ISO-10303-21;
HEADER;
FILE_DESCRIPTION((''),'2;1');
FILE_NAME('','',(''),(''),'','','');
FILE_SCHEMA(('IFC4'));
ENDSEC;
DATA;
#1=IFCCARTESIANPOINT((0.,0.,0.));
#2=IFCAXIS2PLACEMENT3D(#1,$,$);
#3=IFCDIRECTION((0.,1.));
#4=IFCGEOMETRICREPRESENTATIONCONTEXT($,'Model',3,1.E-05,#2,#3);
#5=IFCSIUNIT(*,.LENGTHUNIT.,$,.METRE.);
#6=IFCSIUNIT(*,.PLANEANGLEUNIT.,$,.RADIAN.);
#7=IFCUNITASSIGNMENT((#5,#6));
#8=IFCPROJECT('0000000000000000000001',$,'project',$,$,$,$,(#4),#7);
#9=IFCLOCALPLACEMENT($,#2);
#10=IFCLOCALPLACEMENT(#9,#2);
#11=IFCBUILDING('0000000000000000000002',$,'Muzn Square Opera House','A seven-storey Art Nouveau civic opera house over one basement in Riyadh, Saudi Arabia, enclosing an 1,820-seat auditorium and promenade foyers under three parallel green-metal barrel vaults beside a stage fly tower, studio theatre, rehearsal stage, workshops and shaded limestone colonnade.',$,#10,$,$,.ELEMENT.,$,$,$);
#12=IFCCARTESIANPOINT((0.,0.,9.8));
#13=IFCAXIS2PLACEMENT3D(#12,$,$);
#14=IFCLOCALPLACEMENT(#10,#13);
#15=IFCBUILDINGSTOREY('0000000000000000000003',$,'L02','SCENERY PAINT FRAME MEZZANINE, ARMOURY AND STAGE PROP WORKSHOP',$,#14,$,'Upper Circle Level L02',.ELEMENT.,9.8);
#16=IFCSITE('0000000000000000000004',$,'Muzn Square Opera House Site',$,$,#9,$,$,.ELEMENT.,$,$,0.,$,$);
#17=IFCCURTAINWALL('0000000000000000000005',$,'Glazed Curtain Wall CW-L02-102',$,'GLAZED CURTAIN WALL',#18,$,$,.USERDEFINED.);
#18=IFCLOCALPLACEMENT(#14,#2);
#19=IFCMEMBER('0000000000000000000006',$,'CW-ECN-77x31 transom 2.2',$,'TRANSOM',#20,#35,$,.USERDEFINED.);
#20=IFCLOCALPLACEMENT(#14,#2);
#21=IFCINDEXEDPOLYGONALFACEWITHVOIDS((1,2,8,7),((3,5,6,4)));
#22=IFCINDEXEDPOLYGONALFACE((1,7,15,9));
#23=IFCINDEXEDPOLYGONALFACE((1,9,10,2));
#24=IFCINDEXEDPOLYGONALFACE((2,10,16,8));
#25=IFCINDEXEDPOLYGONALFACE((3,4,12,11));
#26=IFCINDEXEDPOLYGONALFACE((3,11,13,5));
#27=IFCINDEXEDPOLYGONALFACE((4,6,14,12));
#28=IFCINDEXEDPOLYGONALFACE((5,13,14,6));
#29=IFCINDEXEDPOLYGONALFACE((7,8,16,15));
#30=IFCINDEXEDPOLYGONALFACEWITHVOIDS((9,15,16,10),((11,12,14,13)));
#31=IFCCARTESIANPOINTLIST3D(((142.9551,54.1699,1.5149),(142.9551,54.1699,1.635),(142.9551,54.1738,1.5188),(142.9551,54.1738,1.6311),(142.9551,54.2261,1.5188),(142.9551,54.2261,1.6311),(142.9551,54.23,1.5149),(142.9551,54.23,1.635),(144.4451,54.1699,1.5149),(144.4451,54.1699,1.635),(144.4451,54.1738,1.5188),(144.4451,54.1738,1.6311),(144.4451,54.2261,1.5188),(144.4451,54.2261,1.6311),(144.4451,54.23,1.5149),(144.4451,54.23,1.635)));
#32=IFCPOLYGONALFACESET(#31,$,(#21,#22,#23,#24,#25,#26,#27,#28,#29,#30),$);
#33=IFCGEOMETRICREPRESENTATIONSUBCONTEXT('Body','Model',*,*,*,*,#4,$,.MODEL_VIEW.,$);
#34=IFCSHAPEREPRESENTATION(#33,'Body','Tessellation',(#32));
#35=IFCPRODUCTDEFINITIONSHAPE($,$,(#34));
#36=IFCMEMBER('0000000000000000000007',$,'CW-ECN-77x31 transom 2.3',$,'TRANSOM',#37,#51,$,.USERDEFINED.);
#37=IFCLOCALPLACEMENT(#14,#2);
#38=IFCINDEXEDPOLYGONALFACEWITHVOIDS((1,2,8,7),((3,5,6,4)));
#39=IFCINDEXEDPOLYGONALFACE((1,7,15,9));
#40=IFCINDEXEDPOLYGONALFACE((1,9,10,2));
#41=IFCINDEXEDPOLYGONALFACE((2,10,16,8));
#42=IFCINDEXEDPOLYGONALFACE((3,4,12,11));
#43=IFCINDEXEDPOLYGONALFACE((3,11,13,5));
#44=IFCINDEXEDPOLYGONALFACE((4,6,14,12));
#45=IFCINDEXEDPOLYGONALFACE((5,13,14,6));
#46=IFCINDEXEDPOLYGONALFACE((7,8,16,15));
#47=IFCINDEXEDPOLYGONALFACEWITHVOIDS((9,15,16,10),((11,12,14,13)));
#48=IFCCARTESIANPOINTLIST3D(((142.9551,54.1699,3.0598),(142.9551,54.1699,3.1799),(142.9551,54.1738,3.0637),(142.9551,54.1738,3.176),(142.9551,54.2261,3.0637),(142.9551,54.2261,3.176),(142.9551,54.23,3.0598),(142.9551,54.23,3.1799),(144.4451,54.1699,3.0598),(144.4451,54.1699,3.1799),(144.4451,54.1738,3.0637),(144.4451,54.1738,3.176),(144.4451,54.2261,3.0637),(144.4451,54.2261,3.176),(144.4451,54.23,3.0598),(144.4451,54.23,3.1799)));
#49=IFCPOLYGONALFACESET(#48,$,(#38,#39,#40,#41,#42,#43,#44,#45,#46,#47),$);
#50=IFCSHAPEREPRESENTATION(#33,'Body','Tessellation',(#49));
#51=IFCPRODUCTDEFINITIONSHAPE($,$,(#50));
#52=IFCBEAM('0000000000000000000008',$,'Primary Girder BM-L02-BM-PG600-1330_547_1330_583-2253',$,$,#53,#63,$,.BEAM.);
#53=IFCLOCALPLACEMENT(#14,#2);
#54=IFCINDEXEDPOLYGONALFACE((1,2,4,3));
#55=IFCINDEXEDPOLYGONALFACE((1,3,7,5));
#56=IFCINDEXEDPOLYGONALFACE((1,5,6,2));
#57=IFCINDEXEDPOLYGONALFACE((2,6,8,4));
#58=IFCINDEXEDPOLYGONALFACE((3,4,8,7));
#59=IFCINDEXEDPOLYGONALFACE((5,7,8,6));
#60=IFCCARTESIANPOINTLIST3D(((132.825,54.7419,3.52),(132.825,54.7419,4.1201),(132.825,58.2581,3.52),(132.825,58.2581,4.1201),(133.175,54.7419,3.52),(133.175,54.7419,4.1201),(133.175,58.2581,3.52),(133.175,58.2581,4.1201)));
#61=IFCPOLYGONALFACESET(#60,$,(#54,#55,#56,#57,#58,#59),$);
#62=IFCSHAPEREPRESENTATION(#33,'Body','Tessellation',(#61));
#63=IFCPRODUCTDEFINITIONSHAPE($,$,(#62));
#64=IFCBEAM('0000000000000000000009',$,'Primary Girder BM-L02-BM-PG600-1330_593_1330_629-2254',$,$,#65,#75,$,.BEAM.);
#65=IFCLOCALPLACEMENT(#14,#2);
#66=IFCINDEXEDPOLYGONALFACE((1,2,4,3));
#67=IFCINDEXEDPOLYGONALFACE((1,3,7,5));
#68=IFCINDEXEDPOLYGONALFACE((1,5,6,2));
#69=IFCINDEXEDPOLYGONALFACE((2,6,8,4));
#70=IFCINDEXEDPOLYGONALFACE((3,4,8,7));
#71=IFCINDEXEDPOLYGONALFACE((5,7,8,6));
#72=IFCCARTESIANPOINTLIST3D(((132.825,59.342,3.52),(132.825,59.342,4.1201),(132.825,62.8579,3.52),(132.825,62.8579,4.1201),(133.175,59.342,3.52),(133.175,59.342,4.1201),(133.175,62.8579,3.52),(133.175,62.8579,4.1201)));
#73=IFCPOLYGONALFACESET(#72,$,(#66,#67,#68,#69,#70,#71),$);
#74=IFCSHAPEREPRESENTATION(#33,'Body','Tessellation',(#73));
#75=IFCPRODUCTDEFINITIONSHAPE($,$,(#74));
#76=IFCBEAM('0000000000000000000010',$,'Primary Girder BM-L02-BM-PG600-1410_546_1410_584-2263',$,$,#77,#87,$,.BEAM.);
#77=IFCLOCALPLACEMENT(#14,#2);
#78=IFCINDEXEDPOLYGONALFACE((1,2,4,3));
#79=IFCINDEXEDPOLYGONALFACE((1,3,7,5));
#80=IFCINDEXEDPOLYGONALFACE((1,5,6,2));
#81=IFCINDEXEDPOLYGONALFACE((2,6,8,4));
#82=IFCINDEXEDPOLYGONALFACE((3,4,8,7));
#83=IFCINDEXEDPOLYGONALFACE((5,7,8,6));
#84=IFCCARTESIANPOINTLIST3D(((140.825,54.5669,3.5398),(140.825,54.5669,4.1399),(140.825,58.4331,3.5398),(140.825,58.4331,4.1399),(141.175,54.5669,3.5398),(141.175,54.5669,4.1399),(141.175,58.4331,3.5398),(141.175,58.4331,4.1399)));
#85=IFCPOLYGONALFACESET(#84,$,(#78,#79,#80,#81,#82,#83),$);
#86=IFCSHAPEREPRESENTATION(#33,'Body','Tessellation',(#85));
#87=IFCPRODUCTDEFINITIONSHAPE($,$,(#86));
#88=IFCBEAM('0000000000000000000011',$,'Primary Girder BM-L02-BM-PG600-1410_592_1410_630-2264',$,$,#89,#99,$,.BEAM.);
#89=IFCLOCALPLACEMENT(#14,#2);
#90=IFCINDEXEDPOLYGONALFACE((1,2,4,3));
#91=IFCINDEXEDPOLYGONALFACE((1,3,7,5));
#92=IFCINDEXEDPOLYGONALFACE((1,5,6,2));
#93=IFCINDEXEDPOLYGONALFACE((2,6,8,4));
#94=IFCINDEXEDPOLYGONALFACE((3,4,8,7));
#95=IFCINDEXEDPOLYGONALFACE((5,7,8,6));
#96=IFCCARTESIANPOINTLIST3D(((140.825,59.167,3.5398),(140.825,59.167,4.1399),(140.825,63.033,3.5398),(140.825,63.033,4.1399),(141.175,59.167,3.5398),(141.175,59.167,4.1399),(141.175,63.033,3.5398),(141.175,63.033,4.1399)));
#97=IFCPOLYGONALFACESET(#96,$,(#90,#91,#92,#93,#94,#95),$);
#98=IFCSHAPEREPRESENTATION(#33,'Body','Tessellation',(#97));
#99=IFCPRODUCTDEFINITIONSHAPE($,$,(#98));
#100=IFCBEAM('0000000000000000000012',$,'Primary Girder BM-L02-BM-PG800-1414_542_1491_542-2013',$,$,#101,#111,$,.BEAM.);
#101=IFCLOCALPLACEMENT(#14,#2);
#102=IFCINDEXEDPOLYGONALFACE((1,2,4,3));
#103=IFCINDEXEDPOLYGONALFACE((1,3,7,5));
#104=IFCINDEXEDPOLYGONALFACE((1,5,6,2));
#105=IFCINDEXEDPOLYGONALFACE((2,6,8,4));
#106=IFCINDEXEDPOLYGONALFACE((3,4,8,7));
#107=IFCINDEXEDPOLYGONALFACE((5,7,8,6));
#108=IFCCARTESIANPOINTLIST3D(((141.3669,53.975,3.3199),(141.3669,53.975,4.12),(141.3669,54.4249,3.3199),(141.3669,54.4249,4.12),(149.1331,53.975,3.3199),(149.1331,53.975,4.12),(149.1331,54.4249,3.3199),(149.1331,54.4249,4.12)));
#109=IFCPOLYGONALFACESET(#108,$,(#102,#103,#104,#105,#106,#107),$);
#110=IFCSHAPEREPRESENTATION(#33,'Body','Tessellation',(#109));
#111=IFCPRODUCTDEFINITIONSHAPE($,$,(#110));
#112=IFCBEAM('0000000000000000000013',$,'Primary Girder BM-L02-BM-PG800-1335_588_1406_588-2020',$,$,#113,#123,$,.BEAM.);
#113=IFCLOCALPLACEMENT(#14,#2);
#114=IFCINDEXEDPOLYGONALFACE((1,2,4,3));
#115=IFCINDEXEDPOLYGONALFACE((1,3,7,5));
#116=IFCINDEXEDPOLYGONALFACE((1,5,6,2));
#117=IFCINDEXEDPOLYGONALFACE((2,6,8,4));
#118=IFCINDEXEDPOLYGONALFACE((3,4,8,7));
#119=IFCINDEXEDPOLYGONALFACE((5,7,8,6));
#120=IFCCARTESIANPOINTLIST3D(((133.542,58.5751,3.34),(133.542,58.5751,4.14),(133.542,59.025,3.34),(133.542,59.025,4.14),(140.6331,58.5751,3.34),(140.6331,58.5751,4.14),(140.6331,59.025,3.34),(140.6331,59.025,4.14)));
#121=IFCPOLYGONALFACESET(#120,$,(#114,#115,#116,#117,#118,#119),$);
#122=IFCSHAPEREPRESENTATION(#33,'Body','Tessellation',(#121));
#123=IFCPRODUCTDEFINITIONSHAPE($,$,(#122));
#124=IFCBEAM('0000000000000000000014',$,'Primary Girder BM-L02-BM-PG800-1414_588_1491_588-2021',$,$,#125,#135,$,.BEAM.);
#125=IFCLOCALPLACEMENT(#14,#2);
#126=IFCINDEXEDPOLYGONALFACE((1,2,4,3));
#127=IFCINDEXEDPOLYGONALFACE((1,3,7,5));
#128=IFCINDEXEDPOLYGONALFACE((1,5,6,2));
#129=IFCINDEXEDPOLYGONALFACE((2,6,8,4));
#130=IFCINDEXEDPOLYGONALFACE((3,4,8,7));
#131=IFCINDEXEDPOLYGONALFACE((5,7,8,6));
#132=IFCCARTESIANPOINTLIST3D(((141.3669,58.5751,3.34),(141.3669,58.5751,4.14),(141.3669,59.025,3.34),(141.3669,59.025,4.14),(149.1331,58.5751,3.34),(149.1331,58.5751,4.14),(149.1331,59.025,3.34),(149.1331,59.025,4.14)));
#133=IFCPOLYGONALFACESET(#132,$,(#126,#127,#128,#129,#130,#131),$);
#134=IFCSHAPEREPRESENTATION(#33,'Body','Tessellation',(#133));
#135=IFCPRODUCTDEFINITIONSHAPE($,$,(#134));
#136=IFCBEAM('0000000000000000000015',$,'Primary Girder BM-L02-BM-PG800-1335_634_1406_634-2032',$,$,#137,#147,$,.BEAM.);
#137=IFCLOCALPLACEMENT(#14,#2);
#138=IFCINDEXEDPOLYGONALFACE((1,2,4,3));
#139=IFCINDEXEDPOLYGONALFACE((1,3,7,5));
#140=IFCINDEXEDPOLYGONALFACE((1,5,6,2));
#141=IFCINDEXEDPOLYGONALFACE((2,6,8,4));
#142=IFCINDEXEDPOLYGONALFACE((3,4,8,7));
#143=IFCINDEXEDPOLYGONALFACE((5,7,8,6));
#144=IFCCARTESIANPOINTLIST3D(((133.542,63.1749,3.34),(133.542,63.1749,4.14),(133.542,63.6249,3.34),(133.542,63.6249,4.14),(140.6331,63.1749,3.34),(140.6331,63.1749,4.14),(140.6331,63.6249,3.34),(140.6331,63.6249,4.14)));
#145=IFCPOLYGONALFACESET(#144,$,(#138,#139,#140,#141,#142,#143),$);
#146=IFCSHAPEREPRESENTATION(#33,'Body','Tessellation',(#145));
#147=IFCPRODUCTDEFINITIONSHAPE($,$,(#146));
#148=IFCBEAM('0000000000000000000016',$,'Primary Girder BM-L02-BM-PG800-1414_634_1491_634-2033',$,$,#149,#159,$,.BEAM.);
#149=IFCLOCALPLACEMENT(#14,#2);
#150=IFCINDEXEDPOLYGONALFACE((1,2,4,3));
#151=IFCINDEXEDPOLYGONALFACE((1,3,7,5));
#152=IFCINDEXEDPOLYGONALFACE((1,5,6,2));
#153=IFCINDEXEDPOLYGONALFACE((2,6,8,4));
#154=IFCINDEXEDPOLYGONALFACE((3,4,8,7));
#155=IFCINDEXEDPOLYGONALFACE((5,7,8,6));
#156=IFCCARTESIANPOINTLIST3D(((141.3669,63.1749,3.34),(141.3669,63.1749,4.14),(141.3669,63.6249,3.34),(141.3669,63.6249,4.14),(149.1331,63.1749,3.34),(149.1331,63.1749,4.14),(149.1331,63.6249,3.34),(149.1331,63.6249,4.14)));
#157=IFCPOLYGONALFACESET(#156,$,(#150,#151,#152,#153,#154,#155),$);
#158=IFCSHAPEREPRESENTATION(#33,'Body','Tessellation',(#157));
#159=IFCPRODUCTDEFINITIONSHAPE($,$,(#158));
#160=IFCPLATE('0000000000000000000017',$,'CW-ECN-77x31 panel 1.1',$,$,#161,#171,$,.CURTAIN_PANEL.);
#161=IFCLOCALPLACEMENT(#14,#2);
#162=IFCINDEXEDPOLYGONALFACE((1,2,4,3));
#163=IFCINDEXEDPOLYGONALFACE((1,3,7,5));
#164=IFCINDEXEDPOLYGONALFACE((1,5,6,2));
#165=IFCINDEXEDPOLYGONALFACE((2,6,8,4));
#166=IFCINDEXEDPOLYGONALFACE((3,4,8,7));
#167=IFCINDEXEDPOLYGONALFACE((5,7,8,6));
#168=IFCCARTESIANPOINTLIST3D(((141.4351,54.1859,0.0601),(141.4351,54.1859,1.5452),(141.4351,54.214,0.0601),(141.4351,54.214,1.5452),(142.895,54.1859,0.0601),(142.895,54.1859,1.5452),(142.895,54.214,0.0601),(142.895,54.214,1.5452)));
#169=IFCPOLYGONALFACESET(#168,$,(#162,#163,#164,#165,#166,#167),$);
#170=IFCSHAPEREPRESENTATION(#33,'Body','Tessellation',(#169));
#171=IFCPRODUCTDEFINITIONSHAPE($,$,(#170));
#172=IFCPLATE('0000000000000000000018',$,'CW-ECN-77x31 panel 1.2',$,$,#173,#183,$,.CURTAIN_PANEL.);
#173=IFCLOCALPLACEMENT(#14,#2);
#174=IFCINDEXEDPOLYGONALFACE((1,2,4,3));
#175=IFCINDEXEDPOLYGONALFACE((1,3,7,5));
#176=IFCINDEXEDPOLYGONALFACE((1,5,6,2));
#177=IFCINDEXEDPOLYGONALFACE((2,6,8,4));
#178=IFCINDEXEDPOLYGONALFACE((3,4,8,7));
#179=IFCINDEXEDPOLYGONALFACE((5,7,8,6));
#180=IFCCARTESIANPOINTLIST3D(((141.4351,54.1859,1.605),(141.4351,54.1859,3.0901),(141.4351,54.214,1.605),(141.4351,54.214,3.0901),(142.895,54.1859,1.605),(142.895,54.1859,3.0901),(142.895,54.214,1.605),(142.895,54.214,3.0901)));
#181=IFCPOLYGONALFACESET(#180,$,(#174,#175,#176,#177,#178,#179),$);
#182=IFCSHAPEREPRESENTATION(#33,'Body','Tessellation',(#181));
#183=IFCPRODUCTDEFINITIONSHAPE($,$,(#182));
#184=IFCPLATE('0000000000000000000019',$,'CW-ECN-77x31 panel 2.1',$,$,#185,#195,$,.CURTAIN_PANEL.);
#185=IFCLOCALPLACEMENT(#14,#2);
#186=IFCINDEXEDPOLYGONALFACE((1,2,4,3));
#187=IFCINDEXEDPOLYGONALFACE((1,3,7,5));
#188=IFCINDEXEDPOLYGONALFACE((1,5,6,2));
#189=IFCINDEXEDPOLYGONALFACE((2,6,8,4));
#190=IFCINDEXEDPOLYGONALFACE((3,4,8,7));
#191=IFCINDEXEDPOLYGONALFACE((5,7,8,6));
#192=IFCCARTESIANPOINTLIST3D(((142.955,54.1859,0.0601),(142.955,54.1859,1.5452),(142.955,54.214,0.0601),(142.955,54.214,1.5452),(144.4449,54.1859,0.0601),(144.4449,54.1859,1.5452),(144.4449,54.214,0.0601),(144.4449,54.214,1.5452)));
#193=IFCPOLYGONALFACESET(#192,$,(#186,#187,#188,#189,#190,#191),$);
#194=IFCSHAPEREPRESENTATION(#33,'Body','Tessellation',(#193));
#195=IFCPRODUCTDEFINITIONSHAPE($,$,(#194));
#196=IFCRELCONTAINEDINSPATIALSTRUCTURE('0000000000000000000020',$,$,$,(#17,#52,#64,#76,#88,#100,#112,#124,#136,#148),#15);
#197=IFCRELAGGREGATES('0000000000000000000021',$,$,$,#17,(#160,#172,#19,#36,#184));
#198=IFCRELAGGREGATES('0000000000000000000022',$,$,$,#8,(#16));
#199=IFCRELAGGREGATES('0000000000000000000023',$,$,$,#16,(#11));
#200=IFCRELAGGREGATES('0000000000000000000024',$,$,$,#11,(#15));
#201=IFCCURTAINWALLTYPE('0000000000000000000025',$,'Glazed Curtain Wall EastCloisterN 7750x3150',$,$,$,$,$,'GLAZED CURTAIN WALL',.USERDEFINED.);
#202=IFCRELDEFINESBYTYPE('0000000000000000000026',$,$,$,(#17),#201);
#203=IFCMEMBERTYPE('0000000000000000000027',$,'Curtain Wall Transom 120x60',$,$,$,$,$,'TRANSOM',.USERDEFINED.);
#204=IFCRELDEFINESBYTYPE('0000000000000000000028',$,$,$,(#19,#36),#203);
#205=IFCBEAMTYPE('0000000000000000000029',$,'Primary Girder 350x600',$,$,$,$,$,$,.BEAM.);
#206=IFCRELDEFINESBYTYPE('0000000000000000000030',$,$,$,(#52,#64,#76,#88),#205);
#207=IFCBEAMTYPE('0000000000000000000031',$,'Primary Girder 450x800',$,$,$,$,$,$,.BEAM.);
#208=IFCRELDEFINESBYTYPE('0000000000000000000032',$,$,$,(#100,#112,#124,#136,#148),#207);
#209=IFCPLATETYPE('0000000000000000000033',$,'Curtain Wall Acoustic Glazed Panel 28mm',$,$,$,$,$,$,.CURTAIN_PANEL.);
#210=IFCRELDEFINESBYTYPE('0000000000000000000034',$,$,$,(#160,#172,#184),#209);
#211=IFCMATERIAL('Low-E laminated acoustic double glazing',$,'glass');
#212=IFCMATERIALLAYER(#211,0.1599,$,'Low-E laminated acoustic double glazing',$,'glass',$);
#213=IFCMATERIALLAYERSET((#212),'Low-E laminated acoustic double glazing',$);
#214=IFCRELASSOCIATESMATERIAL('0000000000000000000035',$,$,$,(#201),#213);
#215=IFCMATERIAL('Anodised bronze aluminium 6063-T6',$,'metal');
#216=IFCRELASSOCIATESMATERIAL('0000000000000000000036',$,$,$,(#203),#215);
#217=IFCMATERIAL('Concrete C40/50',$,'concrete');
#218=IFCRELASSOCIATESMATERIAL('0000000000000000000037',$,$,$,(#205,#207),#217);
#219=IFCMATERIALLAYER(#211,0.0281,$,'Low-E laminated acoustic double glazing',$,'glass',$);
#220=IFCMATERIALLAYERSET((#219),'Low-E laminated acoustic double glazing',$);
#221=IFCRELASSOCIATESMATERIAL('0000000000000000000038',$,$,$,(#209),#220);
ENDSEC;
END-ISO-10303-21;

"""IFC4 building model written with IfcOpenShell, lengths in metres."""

from ifc_helpers import new_model, si_unit, direction, frame, origin, origin_2d, place, context, subcontext, project, spatial, rectangle, hollow_rectangle, extrude, material, layer, layer_set, material_profile, profile_set, type_object, element, aggregate, save


model = new_model("IFC4")

# Units and contexts
model_context = context("Model", 3, precision=1e-05, world=origin(), true_north=direction((0.0, 1.0)))
body_context = subcontext(model_context, "Body", "Model", "MODEL_VIEW")
ifc_project = project(units=[si_unit("LENGTHUNIT", "METRE"), si_unit("PLANEANGLEUNIT", "RADIAN")], contexts=[model_context])

# Site, building, storey
site_placement = place(None, origin())
site = spatial("IfcSite", under=ifc_project, at=site_placement, Name="Muzn Square Opera House Site", CompositionType="ELEMENT", RefElevation=0.0)
building_placement = place(site_placement, origin())
building = spatial("IfcBuilding", under=site, at=building_placement, Name="Muzn Square Opera House", Description="A seven-storey Art Nouveau civic opera house over one basement in Riyadh, Saudi Arabia, enclosing an 1,820-seat auditorium and promenade foyers under three parallel green-metal barrel vaults beside a stage fly tower, studio theatre, rehearsal stage, workshops and shaded limestone colonnade.", CompositionType="ELEMENT")
storey_placement = place(building_placement, frame((0.0, 0.0, 9.8)))
storey = spatial("IfcBuildingStorey", under=building, at=storey_placement, Name="L02", Description="SCENERY PAINT FRAME MEZZANINE, ARMOURY AND STAGE PROP WORKSHOP", LongName="Upper Circle Level L02", CompositionType="ELEMENT", Elevation=9.8)

# Curtain wall, members
ifc_material_1 = material(Name="Low-E laminated acoustic double glazing", Category="glass")
ifc_layer_1 = layer(ifc_material_1, 0.1599, Name="Low-E laminated acoustic double glazing", Category="glass")
ifc_layer_set_1 = layer_set([ifc_layer_1], Name="Low-E laminated acoustic double glazing")
curtain_wall_type = type_object("IfcCurtainWallType", Name="Glazed Curtain Wall EastCloisterN 7750x3150", ElementType="GLAZED CURTAIN WALL", PredefinedType="USERDEFINED", material=ifc_layer_set_1)
curtain_wall_placement = place(storey_placement, origin())
curtain_wall = element("IfcCurtainWall", 1, at=curtain_wall_placement, inside=storey, type_object=curtain_wall_type, Name="Glazed Curtain Wall CW-L02-102", ObjectType="GLAZED CURTAIN WALL", PredefinedType="USERDEFINED")
ifc_material_2 = material(Name="Anodised bronze aluminium 6063-T6", Category="metal")
ifc_material_profile_1 = material_profile(ifc_material_2, hollow_rectangle(XDim=0.0601, YDim=0.1201, WallThickness=0.0039, at=origin_2d()), Name="ALU 120x60x4", Category="metal")
ifc_profile_set_1 = profile_set([ifc_material_profile_1], Name="Anodised bronze aluminium 6063-T6")
member_type_1 = type_object("IfcMemberType", Name="Curtain Wall Transom 120x60", ElementType="TRANSOM", PredefinedType="USERDEFINED", material=ifc_profile_set_1)
member_1_placement = place(storey_placement, frame((142.9551, 54.2, 1.575), z_axis=(1.0, 0.0, 0.0), x_axis=(0.0, 1.0, 0.0)))
member_1 = element("IfcMember", 2, at=member_1_placement, type_object=member_type_1, Name="CW-ECN-77x31 transom 2.2", ObjectType="TRANSOM", PredefinedType="USERDEFINED", context=body_context, shape_type="SweptSolid", body=[
    extrude(hollow_rectangle(XDim=0.0601, YDim=0.1201, WallThickness=0.0039, at=origin_2d()), origin(), (0.0, 0.0, 1.0), 1.49),
])
member_2_placement = place(storey_placement, frame((142.9551, 54.2, 3.1199), z_axis=(1.0, 0.0, 0.0), x_axis=(0.0, 1.0, 0.0)))
member_2 = element("IfcMember", 3, at=member_2_placement, type_object=member_type_1, Name="CW-ECN-77x31 transom 2.3", ObjectType="TRANSOM", PredefinedType="USERDEFINED", context=body_context, shape_type="SweptSolid", body=[
    extrude(hollow_rectangle(XDim=0.0601, YDim=0.1201, WallThickness=0.0039, at=origin_2d()), origin(), (0.0, 0.0, 1.0), 1.49),
])

# Beams
ifc_material_3 = material(Name="Concrete C40/50", Category="concrete")
ifc_material_profile_2 = material_profile(ifc_material_3, rectangle(XDim=0.3501, YDim=0.6001, at=origin_2d()), Name="RCB 350x600", Category="concrete")
ifc_profile_set_2 = profile_set([ifc_material_profile_2], Name="Concrete C40/50")
beam_type_1 = type_object("IfcBeamType", Name="Primary Girder 350x600", PredefinedType="BEAM", material=ifc_profile_set_2)
beam_1_placement = place(storey_placement, frame((133.0, 54.7419, 3.8201), z_axis=(0.0, 1.0, 0.0), x_axis=(-1.0, 0.0, 0.0)))
element("IfcBeam", 4, at=beam_1_placement, inside=storey, type_object=beam_type_1, Name="Primary Girder BM-L02-BM-PG600-1330_547_1330_583-2253", PredefinedType="BEAM", context=body_context, shape_type="SweptSolid", body=[
    extrude(rectangle(XDim=0.3501, YDim=0.6001, at=origin_2d()), origin(), (0.0, 0.0, 1.0), 3.5161),
])
beam_2_placement = place(storey_placement, frame((133.0, 59.342, 3.8201), z_axis=(0.0, 1.0, 0.0), x_axis=(-1.0, 0.0, 0.0)))
element("IfcBeam", 5, at=beam_2_placement, inside=storey, type_object=beam_type_1, Name="Primary Girder BM-L02-BM-PG600-1330_593_1330_629-2254", PredefinedType="BEAM", context=body_context, shape_type="SweptSolid", body=[
    extrude(rectangle(XDim=0.3501, YDim=0.6001, at=origin_2d()), origin(), (0.0, 0.0, 1.0), 3.5159),
])
beam_3_placement = place(storey_placement, frame((141.0, 54.5669, 3.8398), z_axis=(0.0, 1.0, 0.0), x_axis=(-1.0, 0.0, 0.0)))
element("IfcBeam", 6, at=beam_3_placement, inside=storey, type_object=beam_type_1, Name="Primary Girder BM-L02-BM-PG600-1410_546_1410_584-2263", PredefinedType="BEAM", context=body_context, shape_type="SweptSolid", body=[
    extrude(rectangle(XDim=0.3501, YDim=0.6001, at=origin_2d()), origin(), (0.0, 0.0, 1.0), 3.8662),
])
beam_4_placement = place(storey_placement, frame((141.0, 59.167, 3.8398), z_axis=(0.0, 1.0, 0.0), x_axis=(-1.0, 0.0, 0.0)))
element("IfcBeam", 7, at=beam_4_placement, inside=storey, type_object=beam_type_1, Name="Primary Girder BM-L02-BM-PG600-1410_592_1410_630-2264", PredefinedType="BEAM", context=body_context, shape_type="SweptSolid", body=[
    extrude(rectangle(XDim=0.3501, YDim=0.6001, at=origin_2d()), origin(), (0.0, 0.0, 1.0), 3.866),
])
ifc_material_profile_3 = material_profile(ifc_material_3, rectangle(XDim=0.45, YDim=0.8, at=origin_2d()), Name="RCB 450x800", Category="concrete")
ifc_profile_set_3 = profile_set([ifc_material_profile_3], Name="Concrete C40/50")
beam_type_2 = type_object("IfcBeamType", Name="Primary Girder 450x800", PredefinedType="BEAM", material=ifc_profile_set_3)
beam_5_placement = place(storey_placement, frame((141.3669, 54.2, 3.72), z_axis=(1.0, 0.0, 0.0), x_axis=(0.0, 1.0, 0.0)))
element("IfcBeam", 8, at=beam_5_placement, inside=storey, type_object=beam_type_2, Name="Primary Girder BM-L02-BM-PG800-1414_542_1491_542-2013", PredefinedType="BEAM", context=body_context, shape_type="SweptSolid", body=[
    extrude(rectangle(XDim=0.45, YDim=0.8, at=origin_2d()), origin(), (0.0, 0.0, 1.0), 7.7661),
])
beam_6_placement = place(storey_placement, frame((133.542, 58.8, 3.74), z_axis=(1.0, 0.0, 0.0), x_axis=(0.0, 1.0, 0.0)))
element("IfcBeam", 9, at=beam_6_placement, inside=storey, type_object=beam_type_2, Name="Primary Girder BM-L02-BM-PG800-1335_588_1406_588-2020", PredefinedType="BEAM", context=body_context, shape_type="SweptSolid", body=[
    extrude(rectangle(XDim=0.45, YDim=0.8, at=origin_2d()), origin(), (0.0, 0.0, 1.0), 7.0911),
])
beam_7_placement = place(storey_placement, frame((141.3669, 58.8, 3.74), z_axis=(1.0, 0.0, 0.0), x_axis=(0.0, 1.0, 0.0)))
element("IfcBeam", 10, at=beam_7_placement, inside=storey, type_object=beam_type_2, Name="Primary Girder BM-L02-BM-PG800-1414_588_1491_588-2021", PredefinedType="BEAM", context=body_context, shape_type="SweptSolid", body=[
    extrude(rectangle(XDim=0.45, YDim=0.8, at=origin_2d()), origin(), (0.0, 0.0, 1.0), 7.7661),
])
beam_8_placement = place(storey_placement, frame((133.542, 63.3999, 3.74), z_axis=(1.0, 0.0, 0.0), x_axis=(0.0, 1.0, 0.0)))
element("IfcBeam", 11, at=beam_8_placement, inside=storey, type_object=beam_type_2, Name="Primary Girder BM-L02-BM-PG800-1335_634_1406_634-2032", PredefinedType="BEAM", context=body_context, shape_type="SweptSolid", body=[
    extrude(rectangle(XDim=0.45, YDim=0.8, at=origin_2d()), origin(), (0.0, 0.0, 1.0), 7.0911),
])
beam_9_placement = place(storey_placement, frame((141.3669, 63.3999, 3.74), z_axis=(1.0, 0.0, 0.0), x_axis=(0.0, 1.0, 0.0)))
element("IfcBeam", 12, at=beam_9_placement, inside=storey, type_object=beam_type_2, Name="Primary Girder BM-L02-BM-PG800-1414_634_1491_634-2033", PredefinedType="BEAM", context=body_context, shape_type="SweptSolid", body=[
    extrude(rectangle(XDim=0.45, YDim=0.8, at=origin_2d()), origin(), (0.0, 0.0, 1.0), 7.7661),
])

# Plates
ifc_layer_2 = layer(ifc_material_1, 0.0281, Name="Low-E laminated acoustic double glazing", Category="glass")
ifc_layer_set_2 = layer_set([ifc_layer_2], Name="Low-E laminated acoustic double glazing")
plate_type = type_object("IfcPlateType", Name="Curtain Wall Acoustic Glazed Panel 28mm", PredefinedType="CURTAIN_PANEL", material=ifc_layer_set_2)
plate_1_placement = place(storey_placement, frame((142.165, 54.2, 0.0601), z_axis=(0.0, 0.0, 1.0), x_axis=(1.0, 0.0, 0.0)))
plate_1 = element("IfcPlate", 13, at=plate_1_placement, type_object=plate_type, Name="CW-ECN-77x31 panel 1.1", PredefinedType="CURTAIN_PANEL", context=body_context, shape_type="SweptSolid", body=[
    extrude(rectangle(XDim=1.46, YDim=0.0281, at=origin_2d()), origin(), (0.0, 0.0, 1.0), 1.4851),
])
plate_2_placement = place(storey_placement, frame((142.165, 54.2, 1.605), z_axis=(0.0, 0.0, 1.0), x_axis=(1.0, 0.0, 0.0)))
plate_2 = element("IfcPlate", 14, at=plate_2_placement, type_object=plate_type, Name="CW-ECN-77x31 panel 1.2", PredefinedType="CURTAIN_PANEL", context=body_context, shape_type="SweptSolid", body=[
    extrude(rectangle(XDim=1.46, YDim=0.0281, at=origin_2d()), origin(), (0.0, 0.0, 1.0), 1.4851),
])
plate_3_placement = place(storey_placement, frame((143.7, 54.2, 0.0601), z_axis=(0.0, 0.0, 1.0), x_axis=(1.0, 0.0, 0.0)))
plate_3 = element("IfcPlate", 15, at=plate_3_placement, type_object=plate_type, Name="CW-ECN-77x31 panel 2.1", PredefinedType="CURTAIN_PANEL", context=body_context, shape_type="SweptSolid", body=[
    extrude(rectangle(XDim=1.49, YDim=0.0281, at=origin_2d()), origin(), (0.0, 0.0, 1.0), 1.4851),
])
aggregate(curtain_wall, [plate_1, plate_2, member_1, member_2, plate_3])

save(model, "model.ifc")
